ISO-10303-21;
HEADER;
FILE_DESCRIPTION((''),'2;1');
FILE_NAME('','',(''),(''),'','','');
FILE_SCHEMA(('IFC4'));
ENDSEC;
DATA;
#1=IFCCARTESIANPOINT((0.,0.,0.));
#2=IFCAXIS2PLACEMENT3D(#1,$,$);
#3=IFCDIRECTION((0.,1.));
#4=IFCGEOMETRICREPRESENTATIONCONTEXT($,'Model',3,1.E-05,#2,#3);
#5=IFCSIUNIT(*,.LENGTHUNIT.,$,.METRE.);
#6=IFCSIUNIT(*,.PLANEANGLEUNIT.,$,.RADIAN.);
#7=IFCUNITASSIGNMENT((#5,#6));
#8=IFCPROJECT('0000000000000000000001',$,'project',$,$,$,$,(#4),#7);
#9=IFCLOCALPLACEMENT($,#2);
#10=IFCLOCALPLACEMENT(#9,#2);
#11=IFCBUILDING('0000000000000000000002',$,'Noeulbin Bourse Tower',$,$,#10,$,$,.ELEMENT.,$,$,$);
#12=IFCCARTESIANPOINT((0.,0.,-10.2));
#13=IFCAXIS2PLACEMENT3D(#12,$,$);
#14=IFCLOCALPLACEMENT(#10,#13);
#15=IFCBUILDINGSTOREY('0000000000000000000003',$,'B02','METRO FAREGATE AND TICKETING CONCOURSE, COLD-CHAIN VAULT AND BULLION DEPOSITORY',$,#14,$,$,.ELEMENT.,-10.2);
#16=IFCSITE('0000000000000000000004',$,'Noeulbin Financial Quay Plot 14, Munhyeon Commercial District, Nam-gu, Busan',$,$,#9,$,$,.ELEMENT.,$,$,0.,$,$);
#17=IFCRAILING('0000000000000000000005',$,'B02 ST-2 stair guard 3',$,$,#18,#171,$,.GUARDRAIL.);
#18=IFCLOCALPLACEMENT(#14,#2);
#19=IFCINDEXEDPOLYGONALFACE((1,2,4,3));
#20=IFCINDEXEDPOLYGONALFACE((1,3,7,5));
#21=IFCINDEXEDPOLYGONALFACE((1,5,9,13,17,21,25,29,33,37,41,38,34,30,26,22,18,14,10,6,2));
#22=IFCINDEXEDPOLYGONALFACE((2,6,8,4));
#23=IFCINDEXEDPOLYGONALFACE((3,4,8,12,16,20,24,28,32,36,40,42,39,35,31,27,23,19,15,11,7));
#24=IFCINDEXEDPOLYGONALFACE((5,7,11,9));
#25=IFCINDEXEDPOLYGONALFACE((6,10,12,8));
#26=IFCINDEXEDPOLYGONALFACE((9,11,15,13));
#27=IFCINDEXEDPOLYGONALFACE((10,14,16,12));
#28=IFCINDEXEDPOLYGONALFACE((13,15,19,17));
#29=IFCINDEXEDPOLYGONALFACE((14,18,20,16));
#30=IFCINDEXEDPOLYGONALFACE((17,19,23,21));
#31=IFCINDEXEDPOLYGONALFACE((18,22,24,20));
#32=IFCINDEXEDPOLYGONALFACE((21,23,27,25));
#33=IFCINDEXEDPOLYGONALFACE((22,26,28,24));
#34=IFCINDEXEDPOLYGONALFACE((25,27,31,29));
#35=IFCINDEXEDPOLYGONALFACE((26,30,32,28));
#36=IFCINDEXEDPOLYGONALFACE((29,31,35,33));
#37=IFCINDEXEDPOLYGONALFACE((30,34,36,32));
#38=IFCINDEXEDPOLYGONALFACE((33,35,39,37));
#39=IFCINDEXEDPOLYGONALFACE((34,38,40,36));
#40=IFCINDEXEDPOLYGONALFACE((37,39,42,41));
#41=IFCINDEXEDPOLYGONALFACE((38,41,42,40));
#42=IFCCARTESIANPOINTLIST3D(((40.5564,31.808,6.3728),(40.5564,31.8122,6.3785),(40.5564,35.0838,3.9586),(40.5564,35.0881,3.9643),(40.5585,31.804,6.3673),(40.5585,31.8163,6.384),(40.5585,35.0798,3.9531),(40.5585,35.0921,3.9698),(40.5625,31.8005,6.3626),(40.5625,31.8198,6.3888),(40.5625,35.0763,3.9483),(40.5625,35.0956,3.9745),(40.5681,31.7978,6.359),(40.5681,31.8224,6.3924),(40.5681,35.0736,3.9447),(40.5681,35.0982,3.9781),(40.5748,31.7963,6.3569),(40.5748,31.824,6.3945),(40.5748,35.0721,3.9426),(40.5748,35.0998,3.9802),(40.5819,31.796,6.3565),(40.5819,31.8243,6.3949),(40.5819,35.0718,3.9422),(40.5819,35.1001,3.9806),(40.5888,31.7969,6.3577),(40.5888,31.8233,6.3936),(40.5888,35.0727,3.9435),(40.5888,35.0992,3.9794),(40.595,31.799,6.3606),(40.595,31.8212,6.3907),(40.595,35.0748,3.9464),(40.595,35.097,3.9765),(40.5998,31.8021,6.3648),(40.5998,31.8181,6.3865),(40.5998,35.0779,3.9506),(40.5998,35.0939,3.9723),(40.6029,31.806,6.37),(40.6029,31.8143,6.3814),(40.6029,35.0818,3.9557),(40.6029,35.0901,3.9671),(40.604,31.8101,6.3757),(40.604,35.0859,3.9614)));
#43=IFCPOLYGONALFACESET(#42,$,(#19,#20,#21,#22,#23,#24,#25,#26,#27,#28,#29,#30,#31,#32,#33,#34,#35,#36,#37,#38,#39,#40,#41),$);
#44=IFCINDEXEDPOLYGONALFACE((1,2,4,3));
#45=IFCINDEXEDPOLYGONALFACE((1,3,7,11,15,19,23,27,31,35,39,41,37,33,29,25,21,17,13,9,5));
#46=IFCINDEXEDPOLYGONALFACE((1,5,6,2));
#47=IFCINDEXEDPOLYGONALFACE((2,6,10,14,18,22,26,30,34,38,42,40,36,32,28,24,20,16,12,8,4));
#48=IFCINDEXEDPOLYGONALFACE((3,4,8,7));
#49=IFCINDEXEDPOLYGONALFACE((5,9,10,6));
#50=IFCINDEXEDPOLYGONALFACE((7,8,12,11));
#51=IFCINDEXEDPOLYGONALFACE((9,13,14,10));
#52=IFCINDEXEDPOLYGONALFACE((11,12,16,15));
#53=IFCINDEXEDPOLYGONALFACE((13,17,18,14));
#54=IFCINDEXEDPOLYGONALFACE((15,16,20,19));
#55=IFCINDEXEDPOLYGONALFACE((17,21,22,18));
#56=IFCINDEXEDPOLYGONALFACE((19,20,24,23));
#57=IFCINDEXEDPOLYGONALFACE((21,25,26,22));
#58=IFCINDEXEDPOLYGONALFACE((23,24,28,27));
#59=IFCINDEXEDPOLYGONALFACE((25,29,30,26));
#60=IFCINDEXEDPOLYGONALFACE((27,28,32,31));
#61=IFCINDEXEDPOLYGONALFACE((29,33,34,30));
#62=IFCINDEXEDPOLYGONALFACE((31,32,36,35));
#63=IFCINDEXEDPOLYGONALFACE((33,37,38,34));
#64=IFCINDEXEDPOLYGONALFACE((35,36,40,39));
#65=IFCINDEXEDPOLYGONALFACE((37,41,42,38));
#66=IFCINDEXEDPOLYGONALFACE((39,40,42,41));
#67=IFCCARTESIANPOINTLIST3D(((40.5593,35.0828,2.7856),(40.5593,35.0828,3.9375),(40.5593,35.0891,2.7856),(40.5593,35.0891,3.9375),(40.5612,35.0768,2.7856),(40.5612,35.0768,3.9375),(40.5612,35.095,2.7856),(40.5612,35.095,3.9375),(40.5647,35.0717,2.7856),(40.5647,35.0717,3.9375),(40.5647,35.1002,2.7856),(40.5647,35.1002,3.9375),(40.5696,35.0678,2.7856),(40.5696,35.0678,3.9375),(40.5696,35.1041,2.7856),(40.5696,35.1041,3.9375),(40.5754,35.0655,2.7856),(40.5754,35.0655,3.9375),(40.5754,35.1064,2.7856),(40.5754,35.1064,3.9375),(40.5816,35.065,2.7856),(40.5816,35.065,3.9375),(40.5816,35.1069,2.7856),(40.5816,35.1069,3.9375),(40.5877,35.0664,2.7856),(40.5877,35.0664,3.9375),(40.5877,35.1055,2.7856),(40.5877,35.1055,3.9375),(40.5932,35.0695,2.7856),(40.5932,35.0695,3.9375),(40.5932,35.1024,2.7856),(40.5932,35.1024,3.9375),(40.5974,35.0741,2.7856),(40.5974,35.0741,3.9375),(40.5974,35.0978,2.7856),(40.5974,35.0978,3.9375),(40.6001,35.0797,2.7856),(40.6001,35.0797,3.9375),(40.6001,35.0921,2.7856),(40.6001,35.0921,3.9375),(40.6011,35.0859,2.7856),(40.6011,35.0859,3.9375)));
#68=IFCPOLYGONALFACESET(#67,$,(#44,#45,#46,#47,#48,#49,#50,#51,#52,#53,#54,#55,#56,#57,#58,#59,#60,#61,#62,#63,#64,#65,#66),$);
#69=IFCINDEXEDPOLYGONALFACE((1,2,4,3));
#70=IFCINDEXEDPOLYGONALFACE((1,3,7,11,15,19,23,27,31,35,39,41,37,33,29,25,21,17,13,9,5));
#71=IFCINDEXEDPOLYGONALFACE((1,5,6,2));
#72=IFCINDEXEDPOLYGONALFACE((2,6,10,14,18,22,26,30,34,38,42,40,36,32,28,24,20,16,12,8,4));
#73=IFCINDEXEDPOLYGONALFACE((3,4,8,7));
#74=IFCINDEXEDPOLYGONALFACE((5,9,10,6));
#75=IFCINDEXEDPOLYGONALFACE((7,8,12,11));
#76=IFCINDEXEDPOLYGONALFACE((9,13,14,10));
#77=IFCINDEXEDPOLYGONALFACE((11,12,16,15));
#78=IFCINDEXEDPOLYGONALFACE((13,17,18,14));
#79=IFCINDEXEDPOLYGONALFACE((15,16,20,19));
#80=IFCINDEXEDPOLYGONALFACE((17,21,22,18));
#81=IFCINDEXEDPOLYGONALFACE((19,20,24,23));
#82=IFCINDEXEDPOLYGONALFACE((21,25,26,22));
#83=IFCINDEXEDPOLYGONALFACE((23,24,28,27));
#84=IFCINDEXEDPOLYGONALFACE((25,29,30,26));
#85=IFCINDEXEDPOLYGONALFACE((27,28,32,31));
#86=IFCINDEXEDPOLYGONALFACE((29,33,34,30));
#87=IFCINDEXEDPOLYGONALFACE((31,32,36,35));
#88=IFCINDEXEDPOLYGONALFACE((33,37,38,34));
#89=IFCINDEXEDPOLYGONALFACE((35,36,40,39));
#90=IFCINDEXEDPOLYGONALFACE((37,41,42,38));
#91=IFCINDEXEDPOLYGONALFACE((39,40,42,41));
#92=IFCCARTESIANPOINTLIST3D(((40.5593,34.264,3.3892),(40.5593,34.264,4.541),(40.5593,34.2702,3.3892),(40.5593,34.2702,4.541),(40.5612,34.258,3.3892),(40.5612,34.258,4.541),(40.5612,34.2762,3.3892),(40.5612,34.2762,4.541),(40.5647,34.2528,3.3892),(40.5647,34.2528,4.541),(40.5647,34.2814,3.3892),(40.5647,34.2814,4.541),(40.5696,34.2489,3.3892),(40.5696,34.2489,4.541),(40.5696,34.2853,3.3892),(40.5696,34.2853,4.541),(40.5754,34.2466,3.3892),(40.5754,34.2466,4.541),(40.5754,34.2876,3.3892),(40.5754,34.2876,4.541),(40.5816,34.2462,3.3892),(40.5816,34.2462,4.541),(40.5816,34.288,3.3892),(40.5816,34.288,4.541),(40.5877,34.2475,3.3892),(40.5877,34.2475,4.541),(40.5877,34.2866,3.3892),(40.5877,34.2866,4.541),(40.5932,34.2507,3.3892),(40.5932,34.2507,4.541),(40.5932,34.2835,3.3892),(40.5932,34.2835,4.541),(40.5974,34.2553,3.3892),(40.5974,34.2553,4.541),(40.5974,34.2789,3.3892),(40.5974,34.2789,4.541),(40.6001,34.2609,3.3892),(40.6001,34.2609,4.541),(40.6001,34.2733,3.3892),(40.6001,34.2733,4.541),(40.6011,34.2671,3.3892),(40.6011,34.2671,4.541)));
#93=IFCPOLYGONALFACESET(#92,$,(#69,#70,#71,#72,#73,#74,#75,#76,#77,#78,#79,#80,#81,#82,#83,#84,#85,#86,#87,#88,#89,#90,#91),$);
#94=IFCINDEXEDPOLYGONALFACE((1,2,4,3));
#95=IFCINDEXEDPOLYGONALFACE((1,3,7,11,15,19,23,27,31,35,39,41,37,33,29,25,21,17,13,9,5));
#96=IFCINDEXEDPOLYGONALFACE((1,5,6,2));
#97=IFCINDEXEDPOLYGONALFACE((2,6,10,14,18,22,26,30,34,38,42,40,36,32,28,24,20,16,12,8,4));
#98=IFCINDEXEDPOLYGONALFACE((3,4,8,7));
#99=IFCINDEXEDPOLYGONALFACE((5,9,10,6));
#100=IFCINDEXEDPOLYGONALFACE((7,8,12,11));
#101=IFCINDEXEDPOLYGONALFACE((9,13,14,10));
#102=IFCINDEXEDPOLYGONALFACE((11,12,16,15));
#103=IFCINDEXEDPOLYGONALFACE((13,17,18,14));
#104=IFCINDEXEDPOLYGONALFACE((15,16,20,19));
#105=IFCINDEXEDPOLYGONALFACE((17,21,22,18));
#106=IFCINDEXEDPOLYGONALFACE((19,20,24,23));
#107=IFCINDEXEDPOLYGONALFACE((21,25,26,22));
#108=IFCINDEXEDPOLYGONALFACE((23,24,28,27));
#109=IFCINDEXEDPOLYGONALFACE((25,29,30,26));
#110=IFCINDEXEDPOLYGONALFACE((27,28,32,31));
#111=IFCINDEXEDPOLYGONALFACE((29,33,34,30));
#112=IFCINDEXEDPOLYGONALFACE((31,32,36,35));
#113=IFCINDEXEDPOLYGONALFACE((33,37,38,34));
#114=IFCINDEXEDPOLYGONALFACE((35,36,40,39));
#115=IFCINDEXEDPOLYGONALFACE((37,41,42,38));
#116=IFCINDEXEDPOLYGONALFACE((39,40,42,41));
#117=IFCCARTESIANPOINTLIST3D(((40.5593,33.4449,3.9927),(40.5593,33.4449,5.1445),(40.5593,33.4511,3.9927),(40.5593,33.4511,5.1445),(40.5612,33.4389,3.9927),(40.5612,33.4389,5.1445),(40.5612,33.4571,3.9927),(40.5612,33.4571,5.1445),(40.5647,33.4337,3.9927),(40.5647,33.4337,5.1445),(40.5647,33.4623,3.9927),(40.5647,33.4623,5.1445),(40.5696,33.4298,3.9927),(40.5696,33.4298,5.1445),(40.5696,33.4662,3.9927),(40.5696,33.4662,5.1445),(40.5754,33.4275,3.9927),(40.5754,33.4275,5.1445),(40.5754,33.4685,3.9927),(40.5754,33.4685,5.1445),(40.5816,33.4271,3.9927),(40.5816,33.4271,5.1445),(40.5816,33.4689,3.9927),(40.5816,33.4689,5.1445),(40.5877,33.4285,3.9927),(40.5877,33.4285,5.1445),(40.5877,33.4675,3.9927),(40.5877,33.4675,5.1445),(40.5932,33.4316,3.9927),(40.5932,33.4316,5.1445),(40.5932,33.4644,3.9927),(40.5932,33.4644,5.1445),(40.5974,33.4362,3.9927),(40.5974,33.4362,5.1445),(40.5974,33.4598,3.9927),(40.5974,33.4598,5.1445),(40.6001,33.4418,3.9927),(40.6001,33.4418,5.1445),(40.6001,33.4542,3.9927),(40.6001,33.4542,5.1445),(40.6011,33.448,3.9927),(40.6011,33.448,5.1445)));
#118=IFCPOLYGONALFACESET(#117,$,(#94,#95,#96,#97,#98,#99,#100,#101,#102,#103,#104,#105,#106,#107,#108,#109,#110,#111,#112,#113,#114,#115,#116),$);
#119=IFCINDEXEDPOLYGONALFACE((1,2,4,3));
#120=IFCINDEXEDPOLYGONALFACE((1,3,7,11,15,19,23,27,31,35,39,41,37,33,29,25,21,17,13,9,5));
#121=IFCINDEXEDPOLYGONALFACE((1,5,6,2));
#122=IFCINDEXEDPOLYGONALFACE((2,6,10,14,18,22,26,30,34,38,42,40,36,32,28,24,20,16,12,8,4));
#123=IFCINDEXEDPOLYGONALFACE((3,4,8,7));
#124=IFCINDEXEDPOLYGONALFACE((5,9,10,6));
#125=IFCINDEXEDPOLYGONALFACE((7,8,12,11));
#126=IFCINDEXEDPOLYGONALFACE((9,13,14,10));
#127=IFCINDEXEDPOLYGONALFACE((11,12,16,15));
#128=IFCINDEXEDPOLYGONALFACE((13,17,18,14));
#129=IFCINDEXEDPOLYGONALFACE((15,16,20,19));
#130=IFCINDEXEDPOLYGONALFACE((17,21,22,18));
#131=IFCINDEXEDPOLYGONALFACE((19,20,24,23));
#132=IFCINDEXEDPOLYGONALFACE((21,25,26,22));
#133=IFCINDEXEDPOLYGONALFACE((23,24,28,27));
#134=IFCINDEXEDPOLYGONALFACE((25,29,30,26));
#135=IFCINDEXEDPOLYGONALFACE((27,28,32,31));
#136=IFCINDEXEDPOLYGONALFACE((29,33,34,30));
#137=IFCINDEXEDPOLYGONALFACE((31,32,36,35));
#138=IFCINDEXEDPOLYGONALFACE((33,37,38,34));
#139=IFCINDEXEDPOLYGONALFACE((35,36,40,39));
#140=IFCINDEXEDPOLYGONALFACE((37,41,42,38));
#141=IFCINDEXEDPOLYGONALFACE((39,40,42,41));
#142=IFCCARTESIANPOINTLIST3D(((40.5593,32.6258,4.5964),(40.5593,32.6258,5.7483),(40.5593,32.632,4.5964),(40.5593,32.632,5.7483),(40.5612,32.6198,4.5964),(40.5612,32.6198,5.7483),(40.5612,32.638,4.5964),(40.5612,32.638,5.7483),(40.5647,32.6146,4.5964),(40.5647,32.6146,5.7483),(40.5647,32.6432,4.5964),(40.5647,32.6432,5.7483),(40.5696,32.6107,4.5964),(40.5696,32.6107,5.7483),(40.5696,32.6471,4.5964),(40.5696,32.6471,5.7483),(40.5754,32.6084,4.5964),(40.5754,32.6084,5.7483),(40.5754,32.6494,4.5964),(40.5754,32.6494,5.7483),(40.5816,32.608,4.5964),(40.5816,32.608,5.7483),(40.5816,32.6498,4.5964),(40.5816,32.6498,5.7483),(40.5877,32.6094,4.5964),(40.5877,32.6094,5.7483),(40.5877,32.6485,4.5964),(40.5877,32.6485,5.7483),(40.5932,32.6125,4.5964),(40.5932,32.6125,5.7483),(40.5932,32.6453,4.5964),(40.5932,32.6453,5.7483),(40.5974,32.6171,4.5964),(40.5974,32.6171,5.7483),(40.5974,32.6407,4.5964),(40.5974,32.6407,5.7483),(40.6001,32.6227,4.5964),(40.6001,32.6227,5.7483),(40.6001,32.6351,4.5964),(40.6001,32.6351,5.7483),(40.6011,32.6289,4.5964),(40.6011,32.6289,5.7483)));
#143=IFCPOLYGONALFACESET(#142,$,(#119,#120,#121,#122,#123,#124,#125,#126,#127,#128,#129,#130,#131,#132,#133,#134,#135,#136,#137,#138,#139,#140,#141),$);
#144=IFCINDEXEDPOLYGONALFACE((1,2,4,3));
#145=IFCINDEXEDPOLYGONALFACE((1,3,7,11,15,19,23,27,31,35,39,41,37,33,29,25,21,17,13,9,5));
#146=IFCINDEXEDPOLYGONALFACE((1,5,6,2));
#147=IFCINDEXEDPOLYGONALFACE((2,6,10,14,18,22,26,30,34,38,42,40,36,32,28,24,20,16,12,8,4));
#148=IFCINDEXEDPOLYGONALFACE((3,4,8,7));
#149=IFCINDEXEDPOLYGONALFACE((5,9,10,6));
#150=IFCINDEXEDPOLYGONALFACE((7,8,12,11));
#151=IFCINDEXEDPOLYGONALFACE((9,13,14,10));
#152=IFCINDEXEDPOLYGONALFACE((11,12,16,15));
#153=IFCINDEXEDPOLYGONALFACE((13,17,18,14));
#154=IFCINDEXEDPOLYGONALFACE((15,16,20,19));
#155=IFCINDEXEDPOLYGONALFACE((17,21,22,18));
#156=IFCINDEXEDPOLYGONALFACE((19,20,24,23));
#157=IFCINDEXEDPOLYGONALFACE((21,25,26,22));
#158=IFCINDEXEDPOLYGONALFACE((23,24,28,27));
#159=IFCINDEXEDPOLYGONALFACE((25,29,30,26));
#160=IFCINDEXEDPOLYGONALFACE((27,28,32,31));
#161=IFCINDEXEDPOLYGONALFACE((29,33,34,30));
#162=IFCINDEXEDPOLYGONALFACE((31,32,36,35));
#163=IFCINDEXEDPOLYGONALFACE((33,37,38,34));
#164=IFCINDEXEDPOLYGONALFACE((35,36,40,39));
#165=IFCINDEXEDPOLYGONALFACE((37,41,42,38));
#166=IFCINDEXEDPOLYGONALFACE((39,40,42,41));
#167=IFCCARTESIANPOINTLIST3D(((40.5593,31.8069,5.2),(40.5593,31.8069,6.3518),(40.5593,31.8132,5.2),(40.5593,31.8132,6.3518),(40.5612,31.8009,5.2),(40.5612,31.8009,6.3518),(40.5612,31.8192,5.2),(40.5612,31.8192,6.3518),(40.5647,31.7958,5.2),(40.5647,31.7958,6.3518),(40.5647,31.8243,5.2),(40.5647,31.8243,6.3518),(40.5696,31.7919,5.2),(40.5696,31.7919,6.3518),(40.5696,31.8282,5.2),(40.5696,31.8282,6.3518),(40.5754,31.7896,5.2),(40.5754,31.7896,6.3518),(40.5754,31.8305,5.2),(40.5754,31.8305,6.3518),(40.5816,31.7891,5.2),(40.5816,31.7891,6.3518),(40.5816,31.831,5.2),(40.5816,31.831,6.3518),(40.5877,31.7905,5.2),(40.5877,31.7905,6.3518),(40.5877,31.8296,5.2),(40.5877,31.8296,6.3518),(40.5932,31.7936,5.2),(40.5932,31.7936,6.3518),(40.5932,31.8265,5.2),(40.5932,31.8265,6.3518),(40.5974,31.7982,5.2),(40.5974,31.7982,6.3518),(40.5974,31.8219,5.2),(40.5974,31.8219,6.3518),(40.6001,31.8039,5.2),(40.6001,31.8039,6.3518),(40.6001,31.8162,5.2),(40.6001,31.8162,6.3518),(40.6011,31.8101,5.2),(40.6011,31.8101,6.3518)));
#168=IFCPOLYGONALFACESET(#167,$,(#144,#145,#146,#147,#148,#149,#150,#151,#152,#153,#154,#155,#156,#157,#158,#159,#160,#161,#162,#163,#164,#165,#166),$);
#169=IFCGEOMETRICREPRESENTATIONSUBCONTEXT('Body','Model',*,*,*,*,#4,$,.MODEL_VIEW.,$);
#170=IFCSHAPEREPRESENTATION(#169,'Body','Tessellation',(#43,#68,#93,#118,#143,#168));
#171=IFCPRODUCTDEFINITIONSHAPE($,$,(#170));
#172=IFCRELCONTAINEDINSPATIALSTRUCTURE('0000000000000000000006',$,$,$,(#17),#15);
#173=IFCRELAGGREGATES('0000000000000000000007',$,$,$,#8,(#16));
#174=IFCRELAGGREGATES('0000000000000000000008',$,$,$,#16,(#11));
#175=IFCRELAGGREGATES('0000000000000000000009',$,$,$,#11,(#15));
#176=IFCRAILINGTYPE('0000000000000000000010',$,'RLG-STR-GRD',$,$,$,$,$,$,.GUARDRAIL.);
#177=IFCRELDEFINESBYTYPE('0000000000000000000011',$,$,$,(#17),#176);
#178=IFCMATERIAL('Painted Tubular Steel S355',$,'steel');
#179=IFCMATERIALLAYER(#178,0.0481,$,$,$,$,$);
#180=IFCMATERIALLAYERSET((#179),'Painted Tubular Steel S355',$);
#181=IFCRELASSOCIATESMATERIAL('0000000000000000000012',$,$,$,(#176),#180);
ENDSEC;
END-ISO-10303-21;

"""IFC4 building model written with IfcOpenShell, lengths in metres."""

from ifc_helpers import new_model, si_unit, direction, frame, origin, origin_2d, place, context, subcontext, project, spatial, circle, extrude, material, layer, layer_set, type_object, element, save


model = new_model("IFC4")

# Units and contexts
model_context = context("Model", 3, precision=1e-05, world=origin(), true_north=direction((0.0, 1.0)))
body_context = subcontext(model_context, "Body", "Model", "MODEL_VIEW")
ifc_project = project(units=[si_unit("LENGTHUNIT", "METRE"), si_unit("PLANEANGLEUNIT", "RADIAN")], contexts=[model_context])

# Site, building, storey
site_placement = place(None, origin())
site = spatial("IfcSite", under=ifc_project, at=site_placement, Name="Noeulbin Financial Quay Plot 14, Munhyeon Commercial District, Nam-gu, Busan", CompositionType="ELEMENT", RefElevation=0.0)
building_placement = place(site_placement, origin())
building = spatial("IfcBuilding", under=site, at=building_placement, Name="Noeulbin Bourse Tower", CompositionType="ELEMENT")
storey_placement = place(building_placement, frame((0.0, 0.0, -10.2)))
storey = spatial("IfcBuildingStorey", under=building, at=storey_placement, Name="B02", Description="METRO FAREGATE AND TICKETING CONCOURSE, COLD-CHAIN VAULT AND BULLION DEPOSITORY", CompositionType="ELEMENT", Elevation=-10.2)

# Railing
ifc_material_1 = material(Name="Painted Tubular Steel S355", Category="steel")
ifc_layer_1 = layer(ifc_material_1, 0.0481)
ifc_layer_set_1 = layer_set([ifc_layer_1], Name="Painted Tubular Steel S355")
railing_type_1 = type_object("IfcRailingType", Name="RLG-STR-GRD", PredefinedType="GUARDRAIL", material=ifc_layer_set_1)
railing_1_placement = place(storey_placement, frame((40.5801, 35.0859, 2.7856)))
element("IfcRailing", 1, at=railing_1_placement, inside=storey, type_object=railing_type_1, Name="B02 ST-2 stair guard 3", PredefinedType="GUARDRAIL", context=body_context, shape_type="SweptSolid", body=[
    extrude(circle(Radius=0.0239, at=origin_2d()), frame((0.0, 0.0, 1.1758), z_axis=(0.0, -0.804997, 0.593279), x_axis=(1.0, 0.0, 0.0)), (0.0, 0.0, 1.0), 4.0693),
    extrude(circle(Radius=0.021, at=origin_2d()), origin(), (0.0, 0.0, 1.0), 1.1519),
    extrude(circle(Radius=0.021, at=origin_2d()), frame((0.0, -0.8188, 0.6035)), (0.0, 0.0, 1.0), 1.1519),
    extrude(circle(Radius=0.021, at=origin_2d()), frame((0.0, -1.6379, 1.207)), (0.0, 0.0, 1.0), 1.1519),
    extrude(circle(Radius=0.021, at=origin_2d()), frame((0.0, -2.457, 1.8108)), (0.0, 0.0, 1.0), 1.1519),
    extrude(circle(Radius=0.021, at=origin_2d()), frame((0.0, -3.2759, 2.4143)), (0.0, 0.0, 1.0), 1.1519),
])

save(model, "model.ifc")
